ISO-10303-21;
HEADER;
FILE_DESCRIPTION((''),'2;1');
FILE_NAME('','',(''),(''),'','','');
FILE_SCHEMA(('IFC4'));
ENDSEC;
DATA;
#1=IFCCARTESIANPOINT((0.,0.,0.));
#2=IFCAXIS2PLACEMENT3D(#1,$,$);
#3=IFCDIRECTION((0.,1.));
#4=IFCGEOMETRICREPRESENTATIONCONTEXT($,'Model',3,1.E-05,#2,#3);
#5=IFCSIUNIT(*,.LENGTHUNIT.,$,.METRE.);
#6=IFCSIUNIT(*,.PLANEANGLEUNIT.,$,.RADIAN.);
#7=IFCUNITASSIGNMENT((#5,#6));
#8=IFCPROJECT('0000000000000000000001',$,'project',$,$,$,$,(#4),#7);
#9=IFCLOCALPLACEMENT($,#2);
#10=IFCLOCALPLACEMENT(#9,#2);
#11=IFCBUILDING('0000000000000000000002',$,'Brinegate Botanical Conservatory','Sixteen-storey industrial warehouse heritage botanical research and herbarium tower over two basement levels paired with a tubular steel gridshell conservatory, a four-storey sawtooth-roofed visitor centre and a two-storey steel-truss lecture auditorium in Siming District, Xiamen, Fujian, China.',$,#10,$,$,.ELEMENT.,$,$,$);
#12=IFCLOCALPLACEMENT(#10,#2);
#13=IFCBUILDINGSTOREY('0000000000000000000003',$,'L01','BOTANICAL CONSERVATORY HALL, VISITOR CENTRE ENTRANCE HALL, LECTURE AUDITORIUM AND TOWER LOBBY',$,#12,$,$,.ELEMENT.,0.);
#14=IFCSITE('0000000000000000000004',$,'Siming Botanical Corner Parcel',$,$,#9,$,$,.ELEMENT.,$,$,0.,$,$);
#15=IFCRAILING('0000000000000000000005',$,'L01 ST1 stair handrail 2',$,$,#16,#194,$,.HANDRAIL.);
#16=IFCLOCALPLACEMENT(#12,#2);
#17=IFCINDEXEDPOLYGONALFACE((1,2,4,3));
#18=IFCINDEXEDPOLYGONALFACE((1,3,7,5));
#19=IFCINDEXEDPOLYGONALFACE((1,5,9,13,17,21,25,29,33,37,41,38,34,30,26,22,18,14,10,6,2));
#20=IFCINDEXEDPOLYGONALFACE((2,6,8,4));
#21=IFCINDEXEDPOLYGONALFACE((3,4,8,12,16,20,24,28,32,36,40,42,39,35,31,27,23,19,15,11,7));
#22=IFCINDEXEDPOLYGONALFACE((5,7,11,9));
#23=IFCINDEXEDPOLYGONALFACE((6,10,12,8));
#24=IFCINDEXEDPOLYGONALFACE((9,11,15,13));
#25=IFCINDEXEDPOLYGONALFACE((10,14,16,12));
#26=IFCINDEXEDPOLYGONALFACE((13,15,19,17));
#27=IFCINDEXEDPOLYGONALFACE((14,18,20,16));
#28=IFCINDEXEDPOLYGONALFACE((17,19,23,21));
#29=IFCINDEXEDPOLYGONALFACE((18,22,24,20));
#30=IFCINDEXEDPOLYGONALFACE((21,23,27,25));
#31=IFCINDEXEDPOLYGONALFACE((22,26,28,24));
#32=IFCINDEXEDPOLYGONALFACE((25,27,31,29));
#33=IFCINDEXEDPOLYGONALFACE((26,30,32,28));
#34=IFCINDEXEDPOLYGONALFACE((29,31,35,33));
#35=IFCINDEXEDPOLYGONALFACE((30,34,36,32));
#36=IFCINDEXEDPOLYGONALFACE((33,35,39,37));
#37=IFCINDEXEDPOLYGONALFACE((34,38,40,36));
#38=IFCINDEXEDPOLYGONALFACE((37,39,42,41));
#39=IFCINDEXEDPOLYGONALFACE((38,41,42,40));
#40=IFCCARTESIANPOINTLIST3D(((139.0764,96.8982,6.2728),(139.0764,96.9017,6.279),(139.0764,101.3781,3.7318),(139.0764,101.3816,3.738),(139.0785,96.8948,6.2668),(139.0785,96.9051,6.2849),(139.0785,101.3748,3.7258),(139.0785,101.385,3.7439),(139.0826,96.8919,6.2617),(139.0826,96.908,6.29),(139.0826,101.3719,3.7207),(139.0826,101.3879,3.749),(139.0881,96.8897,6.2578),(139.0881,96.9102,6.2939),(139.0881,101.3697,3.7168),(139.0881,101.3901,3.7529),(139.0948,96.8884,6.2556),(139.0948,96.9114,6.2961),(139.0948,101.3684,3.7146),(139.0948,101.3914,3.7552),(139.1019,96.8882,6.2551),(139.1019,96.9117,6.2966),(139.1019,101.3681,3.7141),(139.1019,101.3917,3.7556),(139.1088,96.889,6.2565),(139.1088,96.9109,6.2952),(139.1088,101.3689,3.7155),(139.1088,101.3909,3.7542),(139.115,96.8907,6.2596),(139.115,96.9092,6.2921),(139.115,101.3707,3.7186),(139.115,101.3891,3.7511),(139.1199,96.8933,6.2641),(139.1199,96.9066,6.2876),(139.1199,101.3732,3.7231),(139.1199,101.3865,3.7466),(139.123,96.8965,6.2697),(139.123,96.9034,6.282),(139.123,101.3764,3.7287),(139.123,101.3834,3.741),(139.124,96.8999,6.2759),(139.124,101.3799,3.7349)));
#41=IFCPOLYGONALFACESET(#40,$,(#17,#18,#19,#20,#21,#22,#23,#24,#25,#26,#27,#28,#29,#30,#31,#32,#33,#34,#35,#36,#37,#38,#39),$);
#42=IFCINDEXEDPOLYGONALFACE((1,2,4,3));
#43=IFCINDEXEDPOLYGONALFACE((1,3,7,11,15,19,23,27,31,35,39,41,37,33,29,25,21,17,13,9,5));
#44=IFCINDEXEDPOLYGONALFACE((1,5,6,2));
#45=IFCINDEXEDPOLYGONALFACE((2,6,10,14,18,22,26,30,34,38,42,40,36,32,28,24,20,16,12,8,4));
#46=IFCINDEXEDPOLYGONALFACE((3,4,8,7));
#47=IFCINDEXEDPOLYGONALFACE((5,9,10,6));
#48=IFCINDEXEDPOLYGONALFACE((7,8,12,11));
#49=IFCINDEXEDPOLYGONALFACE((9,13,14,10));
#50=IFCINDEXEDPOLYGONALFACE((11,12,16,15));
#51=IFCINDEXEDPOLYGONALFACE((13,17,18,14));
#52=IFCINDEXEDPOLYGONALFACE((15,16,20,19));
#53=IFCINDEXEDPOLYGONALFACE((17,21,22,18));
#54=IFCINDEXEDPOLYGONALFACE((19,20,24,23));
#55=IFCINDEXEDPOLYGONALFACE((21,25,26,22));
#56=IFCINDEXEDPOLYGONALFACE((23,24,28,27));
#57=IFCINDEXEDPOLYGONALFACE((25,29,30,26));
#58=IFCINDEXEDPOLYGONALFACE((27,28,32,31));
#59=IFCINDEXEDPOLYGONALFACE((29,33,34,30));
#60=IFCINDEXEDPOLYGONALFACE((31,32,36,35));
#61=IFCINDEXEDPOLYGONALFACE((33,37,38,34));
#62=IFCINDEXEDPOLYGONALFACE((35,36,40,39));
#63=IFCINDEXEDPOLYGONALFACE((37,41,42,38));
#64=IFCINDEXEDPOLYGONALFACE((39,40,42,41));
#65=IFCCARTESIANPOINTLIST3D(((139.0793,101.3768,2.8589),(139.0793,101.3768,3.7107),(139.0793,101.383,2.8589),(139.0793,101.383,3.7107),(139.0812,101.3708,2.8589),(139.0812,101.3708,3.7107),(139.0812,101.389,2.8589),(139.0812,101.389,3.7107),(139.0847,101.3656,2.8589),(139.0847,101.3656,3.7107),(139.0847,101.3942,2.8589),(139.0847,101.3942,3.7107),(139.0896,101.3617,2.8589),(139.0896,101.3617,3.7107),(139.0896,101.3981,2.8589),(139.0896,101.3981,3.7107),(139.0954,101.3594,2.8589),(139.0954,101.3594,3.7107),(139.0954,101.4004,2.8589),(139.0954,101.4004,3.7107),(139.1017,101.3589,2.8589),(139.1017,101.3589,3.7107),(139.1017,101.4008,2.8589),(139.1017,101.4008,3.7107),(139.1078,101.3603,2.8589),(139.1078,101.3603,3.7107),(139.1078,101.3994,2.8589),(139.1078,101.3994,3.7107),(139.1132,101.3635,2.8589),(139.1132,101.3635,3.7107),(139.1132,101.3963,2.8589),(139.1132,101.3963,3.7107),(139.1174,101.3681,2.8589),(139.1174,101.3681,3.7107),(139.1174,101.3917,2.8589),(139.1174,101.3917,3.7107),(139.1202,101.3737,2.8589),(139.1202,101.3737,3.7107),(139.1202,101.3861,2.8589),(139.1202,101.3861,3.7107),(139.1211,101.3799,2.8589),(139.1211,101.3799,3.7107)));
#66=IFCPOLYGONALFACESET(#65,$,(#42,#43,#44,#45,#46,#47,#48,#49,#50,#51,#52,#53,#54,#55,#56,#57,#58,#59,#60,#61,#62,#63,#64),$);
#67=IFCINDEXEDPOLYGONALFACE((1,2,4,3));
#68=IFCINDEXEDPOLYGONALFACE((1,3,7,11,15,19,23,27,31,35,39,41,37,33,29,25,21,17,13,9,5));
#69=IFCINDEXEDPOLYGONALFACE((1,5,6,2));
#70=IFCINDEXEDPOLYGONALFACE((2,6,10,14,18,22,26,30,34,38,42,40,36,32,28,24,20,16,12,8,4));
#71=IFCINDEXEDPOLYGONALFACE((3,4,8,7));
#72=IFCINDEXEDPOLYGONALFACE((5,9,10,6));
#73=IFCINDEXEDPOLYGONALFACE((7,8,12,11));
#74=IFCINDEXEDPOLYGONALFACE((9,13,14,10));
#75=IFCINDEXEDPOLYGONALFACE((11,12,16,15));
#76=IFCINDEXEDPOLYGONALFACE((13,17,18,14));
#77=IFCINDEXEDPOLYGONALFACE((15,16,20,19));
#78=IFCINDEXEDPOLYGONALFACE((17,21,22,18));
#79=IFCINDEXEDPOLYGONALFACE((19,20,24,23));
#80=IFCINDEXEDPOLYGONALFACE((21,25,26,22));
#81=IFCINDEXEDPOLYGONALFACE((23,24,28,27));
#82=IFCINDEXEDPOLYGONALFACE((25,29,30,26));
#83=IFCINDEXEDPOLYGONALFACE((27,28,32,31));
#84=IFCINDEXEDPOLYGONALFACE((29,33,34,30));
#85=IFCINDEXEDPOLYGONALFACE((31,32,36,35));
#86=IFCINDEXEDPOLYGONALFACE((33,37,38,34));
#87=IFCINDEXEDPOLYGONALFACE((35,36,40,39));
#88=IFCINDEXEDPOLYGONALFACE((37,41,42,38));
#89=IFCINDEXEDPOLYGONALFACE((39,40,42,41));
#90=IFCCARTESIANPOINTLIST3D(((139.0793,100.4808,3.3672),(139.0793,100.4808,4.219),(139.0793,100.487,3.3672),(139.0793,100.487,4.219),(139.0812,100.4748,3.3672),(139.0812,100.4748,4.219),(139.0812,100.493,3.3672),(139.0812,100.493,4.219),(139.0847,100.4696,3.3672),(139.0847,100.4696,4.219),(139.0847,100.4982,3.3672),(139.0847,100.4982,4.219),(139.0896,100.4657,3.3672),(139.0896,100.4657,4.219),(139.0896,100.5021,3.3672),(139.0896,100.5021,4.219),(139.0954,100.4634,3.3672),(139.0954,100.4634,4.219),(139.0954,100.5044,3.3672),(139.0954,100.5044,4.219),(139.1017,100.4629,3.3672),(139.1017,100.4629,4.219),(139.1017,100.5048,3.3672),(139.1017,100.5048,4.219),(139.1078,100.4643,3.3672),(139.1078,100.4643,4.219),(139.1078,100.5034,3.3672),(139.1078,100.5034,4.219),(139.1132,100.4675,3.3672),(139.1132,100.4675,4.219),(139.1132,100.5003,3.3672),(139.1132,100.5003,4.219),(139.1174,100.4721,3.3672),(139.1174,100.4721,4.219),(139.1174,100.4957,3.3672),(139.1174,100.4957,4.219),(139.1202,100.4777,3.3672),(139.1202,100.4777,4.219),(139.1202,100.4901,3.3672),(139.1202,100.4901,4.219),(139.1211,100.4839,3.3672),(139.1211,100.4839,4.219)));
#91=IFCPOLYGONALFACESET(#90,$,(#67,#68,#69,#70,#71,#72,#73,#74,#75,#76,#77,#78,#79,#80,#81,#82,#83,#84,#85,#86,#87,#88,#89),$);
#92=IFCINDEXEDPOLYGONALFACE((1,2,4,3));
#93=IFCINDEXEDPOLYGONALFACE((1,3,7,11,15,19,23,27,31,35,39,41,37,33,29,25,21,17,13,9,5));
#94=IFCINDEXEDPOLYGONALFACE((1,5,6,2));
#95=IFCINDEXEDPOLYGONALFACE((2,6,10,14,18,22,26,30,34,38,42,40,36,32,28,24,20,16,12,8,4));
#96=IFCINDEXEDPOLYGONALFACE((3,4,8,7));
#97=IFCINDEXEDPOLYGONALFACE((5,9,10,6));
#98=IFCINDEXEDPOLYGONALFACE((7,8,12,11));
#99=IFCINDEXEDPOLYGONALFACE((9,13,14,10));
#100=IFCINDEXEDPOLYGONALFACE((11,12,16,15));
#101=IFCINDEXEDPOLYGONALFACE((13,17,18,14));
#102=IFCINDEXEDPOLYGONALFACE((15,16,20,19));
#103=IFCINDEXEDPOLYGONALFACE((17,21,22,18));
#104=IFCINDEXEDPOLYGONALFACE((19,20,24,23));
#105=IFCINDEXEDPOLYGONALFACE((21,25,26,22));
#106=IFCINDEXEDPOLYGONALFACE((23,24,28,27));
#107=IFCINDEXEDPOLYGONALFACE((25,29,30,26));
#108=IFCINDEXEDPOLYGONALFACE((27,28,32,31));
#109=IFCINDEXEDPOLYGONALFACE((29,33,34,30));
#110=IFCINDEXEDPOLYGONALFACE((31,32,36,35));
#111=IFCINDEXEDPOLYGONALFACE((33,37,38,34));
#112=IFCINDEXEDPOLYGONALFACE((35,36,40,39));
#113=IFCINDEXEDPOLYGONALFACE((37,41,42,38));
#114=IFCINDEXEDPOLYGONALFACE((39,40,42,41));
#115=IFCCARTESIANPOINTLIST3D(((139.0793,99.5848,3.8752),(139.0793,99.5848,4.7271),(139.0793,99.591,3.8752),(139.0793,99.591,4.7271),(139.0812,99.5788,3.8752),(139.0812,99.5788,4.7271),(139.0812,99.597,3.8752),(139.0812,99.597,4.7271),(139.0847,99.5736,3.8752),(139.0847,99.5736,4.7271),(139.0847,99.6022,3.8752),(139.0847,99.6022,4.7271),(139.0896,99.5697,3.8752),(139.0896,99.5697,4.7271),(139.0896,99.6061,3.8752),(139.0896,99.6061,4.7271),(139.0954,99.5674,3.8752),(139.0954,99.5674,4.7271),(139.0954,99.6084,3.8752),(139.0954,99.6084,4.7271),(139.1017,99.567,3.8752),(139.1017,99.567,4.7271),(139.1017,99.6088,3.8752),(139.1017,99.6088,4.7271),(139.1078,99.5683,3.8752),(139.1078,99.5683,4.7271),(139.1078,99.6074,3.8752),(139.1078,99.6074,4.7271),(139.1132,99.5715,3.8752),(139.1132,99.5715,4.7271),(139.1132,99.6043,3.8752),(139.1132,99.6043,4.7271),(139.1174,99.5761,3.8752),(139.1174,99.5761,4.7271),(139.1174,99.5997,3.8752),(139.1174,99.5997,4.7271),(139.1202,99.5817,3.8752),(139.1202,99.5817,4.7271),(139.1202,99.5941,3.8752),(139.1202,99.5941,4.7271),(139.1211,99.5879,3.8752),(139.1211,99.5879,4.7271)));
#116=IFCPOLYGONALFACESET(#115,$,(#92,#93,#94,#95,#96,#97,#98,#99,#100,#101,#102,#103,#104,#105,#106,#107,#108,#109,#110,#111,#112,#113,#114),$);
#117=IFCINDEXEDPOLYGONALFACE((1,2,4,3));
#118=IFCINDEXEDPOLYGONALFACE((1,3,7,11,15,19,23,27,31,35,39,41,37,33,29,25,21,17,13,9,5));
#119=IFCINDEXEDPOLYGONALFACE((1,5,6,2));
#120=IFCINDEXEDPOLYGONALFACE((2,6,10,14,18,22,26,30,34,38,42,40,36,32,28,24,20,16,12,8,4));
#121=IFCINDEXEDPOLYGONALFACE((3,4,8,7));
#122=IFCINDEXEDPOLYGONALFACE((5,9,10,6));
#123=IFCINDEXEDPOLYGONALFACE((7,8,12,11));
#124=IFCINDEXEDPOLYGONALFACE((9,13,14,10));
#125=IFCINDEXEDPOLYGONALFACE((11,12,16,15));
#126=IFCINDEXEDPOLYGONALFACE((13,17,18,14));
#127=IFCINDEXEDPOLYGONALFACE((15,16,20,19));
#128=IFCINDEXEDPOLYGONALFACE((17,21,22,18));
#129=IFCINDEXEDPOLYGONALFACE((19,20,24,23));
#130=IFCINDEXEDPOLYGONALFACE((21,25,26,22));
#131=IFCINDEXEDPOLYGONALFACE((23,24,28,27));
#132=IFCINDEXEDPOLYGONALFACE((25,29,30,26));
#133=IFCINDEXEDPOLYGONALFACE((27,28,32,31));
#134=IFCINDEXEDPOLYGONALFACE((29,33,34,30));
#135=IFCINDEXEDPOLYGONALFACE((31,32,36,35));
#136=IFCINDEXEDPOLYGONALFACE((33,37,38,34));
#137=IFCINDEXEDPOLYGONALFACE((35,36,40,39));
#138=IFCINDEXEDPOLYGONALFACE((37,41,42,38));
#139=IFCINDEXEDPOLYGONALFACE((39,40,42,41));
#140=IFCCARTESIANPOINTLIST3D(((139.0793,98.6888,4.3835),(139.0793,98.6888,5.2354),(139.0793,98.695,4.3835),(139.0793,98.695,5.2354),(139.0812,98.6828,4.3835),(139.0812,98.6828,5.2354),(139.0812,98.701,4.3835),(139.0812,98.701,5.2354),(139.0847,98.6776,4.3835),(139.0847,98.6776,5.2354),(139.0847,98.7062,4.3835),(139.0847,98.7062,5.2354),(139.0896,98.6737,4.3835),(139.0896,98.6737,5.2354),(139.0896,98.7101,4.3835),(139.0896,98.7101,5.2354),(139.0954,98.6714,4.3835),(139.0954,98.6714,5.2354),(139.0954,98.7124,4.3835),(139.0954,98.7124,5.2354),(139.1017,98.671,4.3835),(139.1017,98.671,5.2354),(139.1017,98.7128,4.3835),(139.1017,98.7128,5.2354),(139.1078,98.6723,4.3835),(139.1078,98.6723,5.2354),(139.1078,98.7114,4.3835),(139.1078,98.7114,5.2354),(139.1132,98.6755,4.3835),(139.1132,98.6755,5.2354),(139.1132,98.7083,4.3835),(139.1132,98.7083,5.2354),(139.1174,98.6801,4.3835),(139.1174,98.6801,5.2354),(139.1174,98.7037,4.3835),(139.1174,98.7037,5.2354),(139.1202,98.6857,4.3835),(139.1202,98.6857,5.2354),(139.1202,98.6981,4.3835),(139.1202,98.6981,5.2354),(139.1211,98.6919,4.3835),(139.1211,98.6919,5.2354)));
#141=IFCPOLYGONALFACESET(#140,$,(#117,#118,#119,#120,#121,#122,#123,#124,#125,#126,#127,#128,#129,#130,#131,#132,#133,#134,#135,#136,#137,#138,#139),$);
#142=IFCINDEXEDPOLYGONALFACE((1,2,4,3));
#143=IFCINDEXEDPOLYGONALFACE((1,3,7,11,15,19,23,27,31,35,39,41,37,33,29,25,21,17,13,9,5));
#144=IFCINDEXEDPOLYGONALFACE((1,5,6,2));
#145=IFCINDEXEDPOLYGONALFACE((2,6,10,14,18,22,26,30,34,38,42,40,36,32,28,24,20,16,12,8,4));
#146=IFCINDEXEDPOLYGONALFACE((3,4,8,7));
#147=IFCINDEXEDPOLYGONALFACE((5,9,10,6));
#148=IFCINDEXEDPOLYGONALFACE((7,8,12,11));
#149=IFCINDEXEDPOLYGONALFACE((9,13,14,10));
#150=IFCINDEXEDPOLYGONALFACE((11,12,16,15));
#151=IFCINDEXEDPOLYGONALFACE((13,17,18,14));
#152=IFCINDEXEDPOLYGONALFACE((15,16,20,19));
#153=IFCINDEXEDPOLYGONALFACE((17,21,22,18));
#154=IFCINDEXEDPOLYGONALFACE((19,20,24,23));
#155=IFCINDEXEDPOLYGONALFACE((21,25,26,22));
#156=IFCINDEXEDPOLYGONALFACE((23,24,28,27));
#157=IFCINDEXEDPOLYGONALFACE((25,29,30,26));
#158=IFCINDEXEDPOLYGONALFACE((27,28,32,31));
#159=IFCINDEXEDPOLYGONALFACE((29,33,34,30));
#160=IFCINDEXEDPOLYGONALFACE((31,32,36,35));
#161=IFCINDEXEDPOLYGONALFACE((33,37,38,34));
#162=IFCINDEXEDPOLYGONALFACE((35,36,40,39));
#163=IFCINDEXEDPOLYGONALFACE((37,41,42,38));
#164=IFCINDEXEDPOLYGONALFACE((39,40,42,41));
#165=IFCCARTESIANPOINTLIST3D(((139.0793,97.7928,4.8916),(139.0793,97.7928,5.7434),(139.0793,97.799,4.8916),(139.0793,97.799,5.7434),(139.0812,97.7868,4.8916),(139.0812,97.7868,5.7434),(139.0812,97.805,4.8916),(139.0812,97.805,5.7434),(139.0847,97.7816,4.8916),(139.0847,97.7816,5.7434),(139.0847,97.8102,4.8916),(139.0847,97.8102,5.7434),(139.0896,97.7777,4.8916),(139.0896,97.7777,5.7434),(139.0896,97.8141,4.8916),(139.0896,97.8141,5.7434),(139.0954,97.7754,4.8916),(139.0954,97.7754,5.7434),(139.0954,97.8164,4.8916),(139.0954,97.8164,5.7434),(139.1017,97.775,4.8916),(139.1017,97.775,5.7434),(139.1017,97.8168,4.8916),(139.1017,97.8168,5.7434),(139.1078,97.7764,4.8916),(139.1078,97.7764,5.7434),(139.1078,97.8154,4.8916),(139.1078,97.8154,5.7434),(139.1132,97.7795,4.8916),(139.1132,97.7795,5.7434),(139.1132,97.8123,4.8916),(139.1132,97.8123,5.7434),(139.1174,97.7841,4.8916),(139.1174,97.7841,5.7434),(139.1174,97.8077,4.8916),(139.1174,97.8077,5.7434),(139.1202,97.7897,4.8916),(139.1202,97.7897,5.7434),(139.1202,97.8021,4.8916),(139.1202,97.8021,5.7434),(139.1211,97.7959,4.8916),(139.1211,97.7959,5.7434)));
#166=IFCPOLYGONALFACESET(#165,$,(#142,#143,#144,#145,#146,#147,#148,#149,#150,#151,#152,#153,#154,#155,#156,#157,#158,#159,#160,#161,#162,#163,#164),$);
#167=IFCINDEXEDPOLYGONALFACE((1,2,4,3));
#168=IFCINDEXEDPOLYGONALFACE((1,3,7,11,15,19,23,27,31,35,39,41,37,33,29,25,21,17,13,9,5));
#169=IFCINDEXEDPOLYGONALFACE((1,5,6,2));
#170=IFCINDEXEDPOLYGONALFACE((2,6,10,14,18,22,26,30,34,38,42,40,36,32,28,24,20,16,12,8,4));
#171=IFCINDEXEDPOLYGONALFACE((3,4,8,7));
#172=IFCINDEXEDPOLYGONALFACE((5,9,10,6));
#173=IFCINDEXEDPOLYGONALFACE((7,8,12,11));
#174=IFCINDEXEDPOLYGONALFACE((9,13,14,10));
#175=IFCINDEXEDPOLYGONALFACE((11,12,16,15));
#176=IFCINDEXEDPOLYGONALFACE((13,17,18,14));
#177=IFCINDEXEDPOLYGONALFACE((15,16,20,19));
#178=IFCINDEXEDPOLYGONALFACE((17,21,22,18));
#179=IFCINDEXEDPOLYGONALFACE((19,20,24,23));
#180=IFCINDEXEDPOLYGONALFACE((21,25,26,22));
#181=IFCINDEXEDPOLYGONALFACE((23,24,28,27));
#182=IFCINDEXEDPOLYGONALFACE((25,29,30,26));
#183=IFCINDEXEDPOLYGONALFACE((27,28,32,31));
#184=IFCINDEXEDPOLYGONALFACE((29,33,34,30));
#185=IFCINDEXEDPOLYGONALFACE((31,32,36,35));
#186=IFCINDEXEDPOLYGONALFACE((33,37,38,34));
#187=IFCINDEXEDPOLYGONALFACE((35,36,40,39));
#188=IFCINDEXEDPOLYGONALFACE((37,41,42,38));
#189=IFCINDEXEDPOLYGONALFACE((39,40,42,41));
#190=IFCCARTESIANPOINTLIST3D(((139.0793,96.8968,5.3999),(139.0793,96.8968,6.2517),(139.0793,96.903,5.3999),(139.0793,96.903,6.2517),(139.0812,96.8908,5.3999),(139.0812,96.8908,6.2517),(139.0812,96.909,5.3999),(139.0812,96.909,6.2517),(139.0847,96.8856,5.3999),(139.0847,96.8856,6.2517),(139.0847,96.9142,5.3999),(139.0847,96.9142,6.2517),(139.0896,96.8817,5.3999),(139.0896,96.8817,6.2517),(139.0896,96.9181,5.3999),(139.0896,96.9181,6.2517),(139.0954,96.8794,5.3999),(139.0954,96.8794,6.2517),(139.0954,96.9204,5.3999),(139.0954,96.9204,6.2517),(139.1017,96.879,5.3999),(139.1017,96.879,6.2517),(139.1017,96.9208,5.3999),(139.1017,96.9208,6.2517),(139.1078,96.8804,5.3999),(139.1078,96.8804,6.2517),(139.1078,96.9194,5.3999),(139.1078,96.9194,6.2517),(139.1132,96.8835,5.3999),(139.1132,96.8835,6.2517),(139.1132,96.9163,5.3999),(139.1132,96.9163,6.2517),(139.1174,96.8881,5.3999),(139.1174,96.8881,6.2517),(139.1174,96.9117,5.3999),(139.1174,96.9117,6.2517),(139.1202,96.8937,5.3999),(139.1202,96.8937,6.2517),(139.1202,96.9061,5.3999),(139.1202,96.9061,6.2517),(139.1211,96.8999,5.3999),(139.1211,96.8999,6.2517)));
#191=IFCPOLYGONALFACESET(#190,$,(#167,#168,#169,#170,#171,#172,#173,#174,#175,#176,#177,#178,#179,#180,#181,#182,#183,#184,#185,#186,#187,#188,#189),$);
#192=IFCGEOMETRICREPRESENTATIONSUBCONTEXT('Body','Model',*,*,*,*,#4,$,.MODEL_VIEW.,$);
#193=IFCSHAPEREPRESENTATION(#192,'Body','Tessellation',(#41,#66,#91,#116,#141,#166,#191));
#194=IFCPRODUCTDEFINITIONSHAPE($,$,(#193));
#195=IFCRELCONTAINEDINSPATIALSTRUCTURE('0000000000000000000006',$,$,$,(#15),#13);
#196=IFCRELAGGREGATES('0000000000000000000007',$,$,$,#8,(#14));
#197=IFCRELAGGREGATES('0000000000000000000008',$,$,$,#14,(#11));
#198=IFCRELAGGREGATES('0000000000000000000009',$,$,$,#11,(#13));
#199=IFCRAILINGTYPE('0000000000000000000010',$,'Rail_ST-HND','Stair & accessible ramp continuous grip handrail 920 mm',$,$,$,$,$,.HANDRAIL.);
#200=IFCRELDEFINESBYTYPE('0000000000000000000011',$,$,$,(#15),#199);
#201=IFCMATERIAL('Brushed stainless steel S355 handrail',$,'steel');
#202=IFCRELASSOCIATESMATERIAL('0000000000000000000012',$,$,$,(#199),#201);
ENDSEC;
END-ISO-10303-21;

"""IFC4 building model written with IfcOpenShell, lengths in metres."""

from ifc_helpers import new_model, si_unit, direction, frame, origin, origin_2d, place, context, subcontext, project, spatial, circle, extrude, material, type_object, element, save


model = new_model("IFC4")

# Units and contexts
model_context = context("Model", 3, precision=1e-05, world=origin(), true_north=direction((0.0, 1.0)))
body_context = subcontext(model_context, "Body", "Model", "MODEL_VIEW")
ifc_project = project(units=[si_unit("LENGTHUNIT", "METRE"), si_unit("PLANEANGLEUNIT", "RADIAN")], contexts=[model_context])

# Site, building, storey
site_placement = place(None, origin())
site = spatial("IfcSite", under=ifc_project, at=site_placement, Name="Siming Botanical Corner Parcel", CompositionType="ELEMENT", RefElevation=0.0)
building_placement = place(site_placement, origin())
building = spatial("IfcBuilding", under=site, at=building_placement, Name="Brinegate Botanical Conservatory", Description="Sixteen-storey industrial warehouse heritage botanical research and herbarium tower over two basement levels paired with a tubular steel gridshell conservatory, a four-storey sawtooth-roofed visitor centre and a two-storey steel-truss lecture auditorium in Siming District, Xiamen, Fujian, China.", CompositionType="ELEMENT")
storey_placement = place(building_placement, origin())
storey = spatial("IfcBuildingStorey", under=building, at=storey_placement, Name="L01", Description="BOTANICAL CONSERVATORY HALL, VISITOR CENTRE ENTRANCE HALL, LECTURE AUDITORIUM AND TOWER LOBBY", CompositionType="ELEMENT", Elevation=0.0)

# Railing
ifc_material_1 = material(Name="Brushed stainless steel S355 handrail", Category="steel")
railing_type_1 = type_object("IfcRailingType", Name="Rail_ST-HND", Description="Stair & accessible ramp continuous grip handrail 920 mm", PredefinedType="HANDRAIL", material=ifc_material_1)
railing_1_placement = place(storey_placement, frame((139.1001, 101.3799, 2.8589)))
element("IfcRailing", 1, at=railing_1_placement, inside=storey, type_object=railing_type_1, Name="L01 ST1 stair handrail 2", PredefinedType="HANDRAIL", context=body_context, shape_type="SweptSolid", body=[
    extrude(circle(Radius=0.0239, at=origin_2d()), frame((0.0, 0.0, 0.876), z_axis=(0.0, -0.869826, 0.493359), x_axis=(1.0, 0.0, 0.0)), (0.0, 0.0, 1.0), 5.1504),
    extrude(circle(Radius=0.021, at=origin_2d()), origin(), (0.0, 0.0, 1.0), 0.8518),
    extrude(circle(Radius=0.021, at=origin_2d()), frame((0.0, -0.896, 0.5083)), (0.0, 0.0, 1.0), 0.8518),
    extrude(circle(Radius=0.021, at=origin_2d()), frame((0.0, -1.792, 1.0164)), (0.0, 0.0, 1.0), 0.8518),
    extrude(circle(Radius=0.021, at=origin_2d()), frame((0.0, -2.688, 1.5247)), (0.0, 0.0, 1.0), 0.8518),
    extrude(circle(Radius=0.021, at=origin_2d()), frame((0.0, -3.584, 2.0327)), (0.0, 0.0, 1.0), 0.8518),
    extrude(circle(Radius=0.021, at=origin_2d()), frame((0.0, -4.48, 2.541)), (0.0, 0.0, 1.0), 0.8518),
])

save(model, "model.ifc")
